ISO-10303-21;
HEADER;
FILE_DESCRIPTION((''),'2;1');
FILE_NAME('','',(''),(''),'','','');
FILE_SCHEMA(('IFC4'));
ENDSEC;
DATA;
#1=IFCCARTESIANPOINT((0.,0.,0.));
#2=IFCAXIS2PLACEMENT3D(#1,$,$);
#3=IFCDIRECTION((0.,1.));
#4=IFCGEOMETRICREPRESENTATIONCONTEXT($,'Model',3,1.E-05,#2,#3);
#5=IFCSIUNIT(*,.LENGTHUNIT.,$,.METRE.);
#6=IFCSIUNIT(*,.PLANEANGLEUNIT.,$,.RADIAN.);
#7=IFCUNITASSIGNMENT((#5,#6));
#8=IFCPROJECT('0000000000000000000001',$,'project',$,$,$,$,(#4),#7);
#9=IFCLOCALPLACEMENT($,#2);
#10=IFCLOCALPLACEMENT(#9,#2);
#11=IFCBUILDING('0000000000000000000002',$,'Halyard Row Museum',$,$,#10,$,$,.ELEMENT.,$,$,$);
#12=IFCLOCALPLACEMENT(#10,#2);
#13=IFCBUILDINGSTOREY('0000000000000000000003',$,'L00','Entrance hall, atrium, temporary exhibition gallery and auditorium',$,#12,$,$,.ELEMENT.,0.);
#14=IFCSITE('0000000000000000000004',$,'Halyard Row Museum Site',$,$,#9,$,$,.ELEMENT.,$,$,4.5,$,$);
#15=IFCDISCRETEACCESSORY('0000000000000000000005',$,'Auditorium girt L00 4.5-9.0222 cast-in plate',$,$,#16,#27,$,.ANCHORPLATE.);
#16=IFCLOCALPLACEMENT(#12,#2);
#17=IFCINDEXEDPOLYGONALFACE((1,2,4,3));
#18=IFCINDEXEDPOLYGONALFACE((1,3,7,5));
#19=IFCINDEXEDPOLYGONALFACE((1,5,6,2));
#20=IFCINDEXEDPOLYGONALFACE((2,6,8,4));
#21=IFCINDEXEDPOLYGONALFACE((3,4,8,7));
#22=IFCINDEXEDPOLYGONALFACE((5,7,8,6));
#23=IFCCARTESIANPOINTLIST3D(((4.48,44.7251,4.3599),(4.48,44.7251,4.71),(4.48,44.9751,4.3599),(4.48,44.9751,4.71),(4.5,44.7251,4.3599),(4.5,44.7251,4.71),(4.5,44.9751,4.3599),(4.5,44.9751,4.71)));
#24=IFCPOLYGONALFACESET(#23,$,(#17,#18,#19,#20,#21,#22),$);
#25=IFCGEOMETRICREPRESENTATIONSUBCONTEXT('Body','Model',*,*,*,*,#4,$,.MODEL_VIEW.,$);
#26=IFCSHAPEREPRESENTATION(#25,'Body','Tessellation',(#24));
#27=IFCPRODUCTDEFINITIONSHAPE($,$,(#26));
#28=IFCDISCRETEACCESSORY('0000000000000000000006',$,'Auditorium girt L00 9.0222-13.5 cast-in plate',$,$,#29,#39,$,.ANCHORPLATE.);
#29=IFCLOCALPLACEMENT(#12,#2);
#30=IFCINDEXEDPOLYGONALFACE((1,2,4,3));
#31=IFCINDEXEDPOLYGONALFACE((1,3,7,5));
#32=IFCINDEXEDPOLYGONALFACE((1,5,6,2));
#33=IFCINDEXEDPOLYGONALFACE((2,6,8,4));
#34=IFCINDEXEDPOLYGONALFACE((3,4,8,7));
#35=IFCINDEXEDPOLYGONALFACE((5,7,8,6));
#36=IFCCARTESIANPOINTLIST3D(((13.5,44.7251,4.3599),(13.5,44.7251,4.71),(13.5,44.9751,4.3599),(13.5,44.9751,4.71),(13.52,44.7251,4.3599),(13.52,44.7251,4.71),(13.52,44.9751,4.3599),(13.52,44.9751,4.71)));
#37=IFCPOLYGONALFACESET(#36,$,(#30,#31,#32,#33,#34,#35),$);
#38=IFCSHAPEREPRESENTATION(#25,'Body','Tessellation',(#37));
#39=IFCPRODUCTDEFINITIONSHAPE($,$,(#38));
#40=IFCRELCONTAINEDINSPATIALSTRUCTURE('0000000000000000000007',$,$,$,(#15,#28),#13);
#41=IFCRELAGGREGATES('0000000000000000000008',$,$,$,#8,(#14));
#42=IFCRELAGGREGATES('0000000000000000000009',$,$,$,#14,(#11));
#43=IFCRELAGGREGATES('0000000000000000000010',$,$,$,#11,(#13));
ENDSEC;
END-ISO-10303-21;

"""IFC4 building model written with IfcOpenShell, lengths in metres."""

from ifc_helpers import new_model, si_unit, direction, frame, origin, origin_2d, place, context, subcontext, project, spatial, rectangle, extrude, element, save


model = new_model("IFC4")

# Units and contexts
model_context = context("Model", 3, precision=1e-05, world=origin(), true_north=direction((0.0, 1.0)))
body_context = subcontext(model_context, "Body", "Model", "MODEL_VIEW")
ifc_project = project(units=[si_unit("LENGTHUNIT", "METRE"), si_unit("PLANEANGLEUNIT", "RADIAN")], contexts=[model_context])

# Site, building, storey
site_placement = place(None, origin())
site = spatial("IfcSite", under=ifc_project, at=site_placement, Name="Halyard Row Museum Site", CompositionType="ELEMENT", RefElevation=4.5)
building_placement = place(site_placement, origin())
building = spatial("IfcBuilding", under=site, at=building_placement, Name="Halyard Row Museum", CompositionType="ELEMENT")
storey_placement = place(building_placement, origin())
storey = spatial("IfcBuildingStorey", under=building, at=storey_placement, Name="L00", Description="Entrance hall, atrium, temporary exhibition gallery and auditorium", CompositionType="ELEMENT", Elevation=0.0)

# Discrete accessories
for number, where, z_axis, x_axis, name in (
    (1, (4.5, 44.8501, 4.5349), (-1.0, 0.0, 0.0), (0.0, -1.0, 0.0), "Auditorium girt L00 4.5-9.0222 cast-in plate"),
    (2, (13.5, 44.8501, 4.5349), (1.0, 0.0, 0.0), (0.0, 1.0, 0.0), "Auditorium girt L00 9.0222-13.5 cast-in plate"),
):
    element("IfcDiscreteAccessory", number, at=place(storey_placement, frame(where, z_axis=z_axis, x_axis=x_axis)), inside=storey, Name=name, PredefinedType="ANCHORPLATE", context=body_context, shape_type="SweptSolid", body=[
        extrude(rectangle(XDim=0.25, YDim=0.3501, at=origin_2d()), origin(), (0.0, 0.0, 1.0), 0.02),
    ])

save(model, "model.ifc")
